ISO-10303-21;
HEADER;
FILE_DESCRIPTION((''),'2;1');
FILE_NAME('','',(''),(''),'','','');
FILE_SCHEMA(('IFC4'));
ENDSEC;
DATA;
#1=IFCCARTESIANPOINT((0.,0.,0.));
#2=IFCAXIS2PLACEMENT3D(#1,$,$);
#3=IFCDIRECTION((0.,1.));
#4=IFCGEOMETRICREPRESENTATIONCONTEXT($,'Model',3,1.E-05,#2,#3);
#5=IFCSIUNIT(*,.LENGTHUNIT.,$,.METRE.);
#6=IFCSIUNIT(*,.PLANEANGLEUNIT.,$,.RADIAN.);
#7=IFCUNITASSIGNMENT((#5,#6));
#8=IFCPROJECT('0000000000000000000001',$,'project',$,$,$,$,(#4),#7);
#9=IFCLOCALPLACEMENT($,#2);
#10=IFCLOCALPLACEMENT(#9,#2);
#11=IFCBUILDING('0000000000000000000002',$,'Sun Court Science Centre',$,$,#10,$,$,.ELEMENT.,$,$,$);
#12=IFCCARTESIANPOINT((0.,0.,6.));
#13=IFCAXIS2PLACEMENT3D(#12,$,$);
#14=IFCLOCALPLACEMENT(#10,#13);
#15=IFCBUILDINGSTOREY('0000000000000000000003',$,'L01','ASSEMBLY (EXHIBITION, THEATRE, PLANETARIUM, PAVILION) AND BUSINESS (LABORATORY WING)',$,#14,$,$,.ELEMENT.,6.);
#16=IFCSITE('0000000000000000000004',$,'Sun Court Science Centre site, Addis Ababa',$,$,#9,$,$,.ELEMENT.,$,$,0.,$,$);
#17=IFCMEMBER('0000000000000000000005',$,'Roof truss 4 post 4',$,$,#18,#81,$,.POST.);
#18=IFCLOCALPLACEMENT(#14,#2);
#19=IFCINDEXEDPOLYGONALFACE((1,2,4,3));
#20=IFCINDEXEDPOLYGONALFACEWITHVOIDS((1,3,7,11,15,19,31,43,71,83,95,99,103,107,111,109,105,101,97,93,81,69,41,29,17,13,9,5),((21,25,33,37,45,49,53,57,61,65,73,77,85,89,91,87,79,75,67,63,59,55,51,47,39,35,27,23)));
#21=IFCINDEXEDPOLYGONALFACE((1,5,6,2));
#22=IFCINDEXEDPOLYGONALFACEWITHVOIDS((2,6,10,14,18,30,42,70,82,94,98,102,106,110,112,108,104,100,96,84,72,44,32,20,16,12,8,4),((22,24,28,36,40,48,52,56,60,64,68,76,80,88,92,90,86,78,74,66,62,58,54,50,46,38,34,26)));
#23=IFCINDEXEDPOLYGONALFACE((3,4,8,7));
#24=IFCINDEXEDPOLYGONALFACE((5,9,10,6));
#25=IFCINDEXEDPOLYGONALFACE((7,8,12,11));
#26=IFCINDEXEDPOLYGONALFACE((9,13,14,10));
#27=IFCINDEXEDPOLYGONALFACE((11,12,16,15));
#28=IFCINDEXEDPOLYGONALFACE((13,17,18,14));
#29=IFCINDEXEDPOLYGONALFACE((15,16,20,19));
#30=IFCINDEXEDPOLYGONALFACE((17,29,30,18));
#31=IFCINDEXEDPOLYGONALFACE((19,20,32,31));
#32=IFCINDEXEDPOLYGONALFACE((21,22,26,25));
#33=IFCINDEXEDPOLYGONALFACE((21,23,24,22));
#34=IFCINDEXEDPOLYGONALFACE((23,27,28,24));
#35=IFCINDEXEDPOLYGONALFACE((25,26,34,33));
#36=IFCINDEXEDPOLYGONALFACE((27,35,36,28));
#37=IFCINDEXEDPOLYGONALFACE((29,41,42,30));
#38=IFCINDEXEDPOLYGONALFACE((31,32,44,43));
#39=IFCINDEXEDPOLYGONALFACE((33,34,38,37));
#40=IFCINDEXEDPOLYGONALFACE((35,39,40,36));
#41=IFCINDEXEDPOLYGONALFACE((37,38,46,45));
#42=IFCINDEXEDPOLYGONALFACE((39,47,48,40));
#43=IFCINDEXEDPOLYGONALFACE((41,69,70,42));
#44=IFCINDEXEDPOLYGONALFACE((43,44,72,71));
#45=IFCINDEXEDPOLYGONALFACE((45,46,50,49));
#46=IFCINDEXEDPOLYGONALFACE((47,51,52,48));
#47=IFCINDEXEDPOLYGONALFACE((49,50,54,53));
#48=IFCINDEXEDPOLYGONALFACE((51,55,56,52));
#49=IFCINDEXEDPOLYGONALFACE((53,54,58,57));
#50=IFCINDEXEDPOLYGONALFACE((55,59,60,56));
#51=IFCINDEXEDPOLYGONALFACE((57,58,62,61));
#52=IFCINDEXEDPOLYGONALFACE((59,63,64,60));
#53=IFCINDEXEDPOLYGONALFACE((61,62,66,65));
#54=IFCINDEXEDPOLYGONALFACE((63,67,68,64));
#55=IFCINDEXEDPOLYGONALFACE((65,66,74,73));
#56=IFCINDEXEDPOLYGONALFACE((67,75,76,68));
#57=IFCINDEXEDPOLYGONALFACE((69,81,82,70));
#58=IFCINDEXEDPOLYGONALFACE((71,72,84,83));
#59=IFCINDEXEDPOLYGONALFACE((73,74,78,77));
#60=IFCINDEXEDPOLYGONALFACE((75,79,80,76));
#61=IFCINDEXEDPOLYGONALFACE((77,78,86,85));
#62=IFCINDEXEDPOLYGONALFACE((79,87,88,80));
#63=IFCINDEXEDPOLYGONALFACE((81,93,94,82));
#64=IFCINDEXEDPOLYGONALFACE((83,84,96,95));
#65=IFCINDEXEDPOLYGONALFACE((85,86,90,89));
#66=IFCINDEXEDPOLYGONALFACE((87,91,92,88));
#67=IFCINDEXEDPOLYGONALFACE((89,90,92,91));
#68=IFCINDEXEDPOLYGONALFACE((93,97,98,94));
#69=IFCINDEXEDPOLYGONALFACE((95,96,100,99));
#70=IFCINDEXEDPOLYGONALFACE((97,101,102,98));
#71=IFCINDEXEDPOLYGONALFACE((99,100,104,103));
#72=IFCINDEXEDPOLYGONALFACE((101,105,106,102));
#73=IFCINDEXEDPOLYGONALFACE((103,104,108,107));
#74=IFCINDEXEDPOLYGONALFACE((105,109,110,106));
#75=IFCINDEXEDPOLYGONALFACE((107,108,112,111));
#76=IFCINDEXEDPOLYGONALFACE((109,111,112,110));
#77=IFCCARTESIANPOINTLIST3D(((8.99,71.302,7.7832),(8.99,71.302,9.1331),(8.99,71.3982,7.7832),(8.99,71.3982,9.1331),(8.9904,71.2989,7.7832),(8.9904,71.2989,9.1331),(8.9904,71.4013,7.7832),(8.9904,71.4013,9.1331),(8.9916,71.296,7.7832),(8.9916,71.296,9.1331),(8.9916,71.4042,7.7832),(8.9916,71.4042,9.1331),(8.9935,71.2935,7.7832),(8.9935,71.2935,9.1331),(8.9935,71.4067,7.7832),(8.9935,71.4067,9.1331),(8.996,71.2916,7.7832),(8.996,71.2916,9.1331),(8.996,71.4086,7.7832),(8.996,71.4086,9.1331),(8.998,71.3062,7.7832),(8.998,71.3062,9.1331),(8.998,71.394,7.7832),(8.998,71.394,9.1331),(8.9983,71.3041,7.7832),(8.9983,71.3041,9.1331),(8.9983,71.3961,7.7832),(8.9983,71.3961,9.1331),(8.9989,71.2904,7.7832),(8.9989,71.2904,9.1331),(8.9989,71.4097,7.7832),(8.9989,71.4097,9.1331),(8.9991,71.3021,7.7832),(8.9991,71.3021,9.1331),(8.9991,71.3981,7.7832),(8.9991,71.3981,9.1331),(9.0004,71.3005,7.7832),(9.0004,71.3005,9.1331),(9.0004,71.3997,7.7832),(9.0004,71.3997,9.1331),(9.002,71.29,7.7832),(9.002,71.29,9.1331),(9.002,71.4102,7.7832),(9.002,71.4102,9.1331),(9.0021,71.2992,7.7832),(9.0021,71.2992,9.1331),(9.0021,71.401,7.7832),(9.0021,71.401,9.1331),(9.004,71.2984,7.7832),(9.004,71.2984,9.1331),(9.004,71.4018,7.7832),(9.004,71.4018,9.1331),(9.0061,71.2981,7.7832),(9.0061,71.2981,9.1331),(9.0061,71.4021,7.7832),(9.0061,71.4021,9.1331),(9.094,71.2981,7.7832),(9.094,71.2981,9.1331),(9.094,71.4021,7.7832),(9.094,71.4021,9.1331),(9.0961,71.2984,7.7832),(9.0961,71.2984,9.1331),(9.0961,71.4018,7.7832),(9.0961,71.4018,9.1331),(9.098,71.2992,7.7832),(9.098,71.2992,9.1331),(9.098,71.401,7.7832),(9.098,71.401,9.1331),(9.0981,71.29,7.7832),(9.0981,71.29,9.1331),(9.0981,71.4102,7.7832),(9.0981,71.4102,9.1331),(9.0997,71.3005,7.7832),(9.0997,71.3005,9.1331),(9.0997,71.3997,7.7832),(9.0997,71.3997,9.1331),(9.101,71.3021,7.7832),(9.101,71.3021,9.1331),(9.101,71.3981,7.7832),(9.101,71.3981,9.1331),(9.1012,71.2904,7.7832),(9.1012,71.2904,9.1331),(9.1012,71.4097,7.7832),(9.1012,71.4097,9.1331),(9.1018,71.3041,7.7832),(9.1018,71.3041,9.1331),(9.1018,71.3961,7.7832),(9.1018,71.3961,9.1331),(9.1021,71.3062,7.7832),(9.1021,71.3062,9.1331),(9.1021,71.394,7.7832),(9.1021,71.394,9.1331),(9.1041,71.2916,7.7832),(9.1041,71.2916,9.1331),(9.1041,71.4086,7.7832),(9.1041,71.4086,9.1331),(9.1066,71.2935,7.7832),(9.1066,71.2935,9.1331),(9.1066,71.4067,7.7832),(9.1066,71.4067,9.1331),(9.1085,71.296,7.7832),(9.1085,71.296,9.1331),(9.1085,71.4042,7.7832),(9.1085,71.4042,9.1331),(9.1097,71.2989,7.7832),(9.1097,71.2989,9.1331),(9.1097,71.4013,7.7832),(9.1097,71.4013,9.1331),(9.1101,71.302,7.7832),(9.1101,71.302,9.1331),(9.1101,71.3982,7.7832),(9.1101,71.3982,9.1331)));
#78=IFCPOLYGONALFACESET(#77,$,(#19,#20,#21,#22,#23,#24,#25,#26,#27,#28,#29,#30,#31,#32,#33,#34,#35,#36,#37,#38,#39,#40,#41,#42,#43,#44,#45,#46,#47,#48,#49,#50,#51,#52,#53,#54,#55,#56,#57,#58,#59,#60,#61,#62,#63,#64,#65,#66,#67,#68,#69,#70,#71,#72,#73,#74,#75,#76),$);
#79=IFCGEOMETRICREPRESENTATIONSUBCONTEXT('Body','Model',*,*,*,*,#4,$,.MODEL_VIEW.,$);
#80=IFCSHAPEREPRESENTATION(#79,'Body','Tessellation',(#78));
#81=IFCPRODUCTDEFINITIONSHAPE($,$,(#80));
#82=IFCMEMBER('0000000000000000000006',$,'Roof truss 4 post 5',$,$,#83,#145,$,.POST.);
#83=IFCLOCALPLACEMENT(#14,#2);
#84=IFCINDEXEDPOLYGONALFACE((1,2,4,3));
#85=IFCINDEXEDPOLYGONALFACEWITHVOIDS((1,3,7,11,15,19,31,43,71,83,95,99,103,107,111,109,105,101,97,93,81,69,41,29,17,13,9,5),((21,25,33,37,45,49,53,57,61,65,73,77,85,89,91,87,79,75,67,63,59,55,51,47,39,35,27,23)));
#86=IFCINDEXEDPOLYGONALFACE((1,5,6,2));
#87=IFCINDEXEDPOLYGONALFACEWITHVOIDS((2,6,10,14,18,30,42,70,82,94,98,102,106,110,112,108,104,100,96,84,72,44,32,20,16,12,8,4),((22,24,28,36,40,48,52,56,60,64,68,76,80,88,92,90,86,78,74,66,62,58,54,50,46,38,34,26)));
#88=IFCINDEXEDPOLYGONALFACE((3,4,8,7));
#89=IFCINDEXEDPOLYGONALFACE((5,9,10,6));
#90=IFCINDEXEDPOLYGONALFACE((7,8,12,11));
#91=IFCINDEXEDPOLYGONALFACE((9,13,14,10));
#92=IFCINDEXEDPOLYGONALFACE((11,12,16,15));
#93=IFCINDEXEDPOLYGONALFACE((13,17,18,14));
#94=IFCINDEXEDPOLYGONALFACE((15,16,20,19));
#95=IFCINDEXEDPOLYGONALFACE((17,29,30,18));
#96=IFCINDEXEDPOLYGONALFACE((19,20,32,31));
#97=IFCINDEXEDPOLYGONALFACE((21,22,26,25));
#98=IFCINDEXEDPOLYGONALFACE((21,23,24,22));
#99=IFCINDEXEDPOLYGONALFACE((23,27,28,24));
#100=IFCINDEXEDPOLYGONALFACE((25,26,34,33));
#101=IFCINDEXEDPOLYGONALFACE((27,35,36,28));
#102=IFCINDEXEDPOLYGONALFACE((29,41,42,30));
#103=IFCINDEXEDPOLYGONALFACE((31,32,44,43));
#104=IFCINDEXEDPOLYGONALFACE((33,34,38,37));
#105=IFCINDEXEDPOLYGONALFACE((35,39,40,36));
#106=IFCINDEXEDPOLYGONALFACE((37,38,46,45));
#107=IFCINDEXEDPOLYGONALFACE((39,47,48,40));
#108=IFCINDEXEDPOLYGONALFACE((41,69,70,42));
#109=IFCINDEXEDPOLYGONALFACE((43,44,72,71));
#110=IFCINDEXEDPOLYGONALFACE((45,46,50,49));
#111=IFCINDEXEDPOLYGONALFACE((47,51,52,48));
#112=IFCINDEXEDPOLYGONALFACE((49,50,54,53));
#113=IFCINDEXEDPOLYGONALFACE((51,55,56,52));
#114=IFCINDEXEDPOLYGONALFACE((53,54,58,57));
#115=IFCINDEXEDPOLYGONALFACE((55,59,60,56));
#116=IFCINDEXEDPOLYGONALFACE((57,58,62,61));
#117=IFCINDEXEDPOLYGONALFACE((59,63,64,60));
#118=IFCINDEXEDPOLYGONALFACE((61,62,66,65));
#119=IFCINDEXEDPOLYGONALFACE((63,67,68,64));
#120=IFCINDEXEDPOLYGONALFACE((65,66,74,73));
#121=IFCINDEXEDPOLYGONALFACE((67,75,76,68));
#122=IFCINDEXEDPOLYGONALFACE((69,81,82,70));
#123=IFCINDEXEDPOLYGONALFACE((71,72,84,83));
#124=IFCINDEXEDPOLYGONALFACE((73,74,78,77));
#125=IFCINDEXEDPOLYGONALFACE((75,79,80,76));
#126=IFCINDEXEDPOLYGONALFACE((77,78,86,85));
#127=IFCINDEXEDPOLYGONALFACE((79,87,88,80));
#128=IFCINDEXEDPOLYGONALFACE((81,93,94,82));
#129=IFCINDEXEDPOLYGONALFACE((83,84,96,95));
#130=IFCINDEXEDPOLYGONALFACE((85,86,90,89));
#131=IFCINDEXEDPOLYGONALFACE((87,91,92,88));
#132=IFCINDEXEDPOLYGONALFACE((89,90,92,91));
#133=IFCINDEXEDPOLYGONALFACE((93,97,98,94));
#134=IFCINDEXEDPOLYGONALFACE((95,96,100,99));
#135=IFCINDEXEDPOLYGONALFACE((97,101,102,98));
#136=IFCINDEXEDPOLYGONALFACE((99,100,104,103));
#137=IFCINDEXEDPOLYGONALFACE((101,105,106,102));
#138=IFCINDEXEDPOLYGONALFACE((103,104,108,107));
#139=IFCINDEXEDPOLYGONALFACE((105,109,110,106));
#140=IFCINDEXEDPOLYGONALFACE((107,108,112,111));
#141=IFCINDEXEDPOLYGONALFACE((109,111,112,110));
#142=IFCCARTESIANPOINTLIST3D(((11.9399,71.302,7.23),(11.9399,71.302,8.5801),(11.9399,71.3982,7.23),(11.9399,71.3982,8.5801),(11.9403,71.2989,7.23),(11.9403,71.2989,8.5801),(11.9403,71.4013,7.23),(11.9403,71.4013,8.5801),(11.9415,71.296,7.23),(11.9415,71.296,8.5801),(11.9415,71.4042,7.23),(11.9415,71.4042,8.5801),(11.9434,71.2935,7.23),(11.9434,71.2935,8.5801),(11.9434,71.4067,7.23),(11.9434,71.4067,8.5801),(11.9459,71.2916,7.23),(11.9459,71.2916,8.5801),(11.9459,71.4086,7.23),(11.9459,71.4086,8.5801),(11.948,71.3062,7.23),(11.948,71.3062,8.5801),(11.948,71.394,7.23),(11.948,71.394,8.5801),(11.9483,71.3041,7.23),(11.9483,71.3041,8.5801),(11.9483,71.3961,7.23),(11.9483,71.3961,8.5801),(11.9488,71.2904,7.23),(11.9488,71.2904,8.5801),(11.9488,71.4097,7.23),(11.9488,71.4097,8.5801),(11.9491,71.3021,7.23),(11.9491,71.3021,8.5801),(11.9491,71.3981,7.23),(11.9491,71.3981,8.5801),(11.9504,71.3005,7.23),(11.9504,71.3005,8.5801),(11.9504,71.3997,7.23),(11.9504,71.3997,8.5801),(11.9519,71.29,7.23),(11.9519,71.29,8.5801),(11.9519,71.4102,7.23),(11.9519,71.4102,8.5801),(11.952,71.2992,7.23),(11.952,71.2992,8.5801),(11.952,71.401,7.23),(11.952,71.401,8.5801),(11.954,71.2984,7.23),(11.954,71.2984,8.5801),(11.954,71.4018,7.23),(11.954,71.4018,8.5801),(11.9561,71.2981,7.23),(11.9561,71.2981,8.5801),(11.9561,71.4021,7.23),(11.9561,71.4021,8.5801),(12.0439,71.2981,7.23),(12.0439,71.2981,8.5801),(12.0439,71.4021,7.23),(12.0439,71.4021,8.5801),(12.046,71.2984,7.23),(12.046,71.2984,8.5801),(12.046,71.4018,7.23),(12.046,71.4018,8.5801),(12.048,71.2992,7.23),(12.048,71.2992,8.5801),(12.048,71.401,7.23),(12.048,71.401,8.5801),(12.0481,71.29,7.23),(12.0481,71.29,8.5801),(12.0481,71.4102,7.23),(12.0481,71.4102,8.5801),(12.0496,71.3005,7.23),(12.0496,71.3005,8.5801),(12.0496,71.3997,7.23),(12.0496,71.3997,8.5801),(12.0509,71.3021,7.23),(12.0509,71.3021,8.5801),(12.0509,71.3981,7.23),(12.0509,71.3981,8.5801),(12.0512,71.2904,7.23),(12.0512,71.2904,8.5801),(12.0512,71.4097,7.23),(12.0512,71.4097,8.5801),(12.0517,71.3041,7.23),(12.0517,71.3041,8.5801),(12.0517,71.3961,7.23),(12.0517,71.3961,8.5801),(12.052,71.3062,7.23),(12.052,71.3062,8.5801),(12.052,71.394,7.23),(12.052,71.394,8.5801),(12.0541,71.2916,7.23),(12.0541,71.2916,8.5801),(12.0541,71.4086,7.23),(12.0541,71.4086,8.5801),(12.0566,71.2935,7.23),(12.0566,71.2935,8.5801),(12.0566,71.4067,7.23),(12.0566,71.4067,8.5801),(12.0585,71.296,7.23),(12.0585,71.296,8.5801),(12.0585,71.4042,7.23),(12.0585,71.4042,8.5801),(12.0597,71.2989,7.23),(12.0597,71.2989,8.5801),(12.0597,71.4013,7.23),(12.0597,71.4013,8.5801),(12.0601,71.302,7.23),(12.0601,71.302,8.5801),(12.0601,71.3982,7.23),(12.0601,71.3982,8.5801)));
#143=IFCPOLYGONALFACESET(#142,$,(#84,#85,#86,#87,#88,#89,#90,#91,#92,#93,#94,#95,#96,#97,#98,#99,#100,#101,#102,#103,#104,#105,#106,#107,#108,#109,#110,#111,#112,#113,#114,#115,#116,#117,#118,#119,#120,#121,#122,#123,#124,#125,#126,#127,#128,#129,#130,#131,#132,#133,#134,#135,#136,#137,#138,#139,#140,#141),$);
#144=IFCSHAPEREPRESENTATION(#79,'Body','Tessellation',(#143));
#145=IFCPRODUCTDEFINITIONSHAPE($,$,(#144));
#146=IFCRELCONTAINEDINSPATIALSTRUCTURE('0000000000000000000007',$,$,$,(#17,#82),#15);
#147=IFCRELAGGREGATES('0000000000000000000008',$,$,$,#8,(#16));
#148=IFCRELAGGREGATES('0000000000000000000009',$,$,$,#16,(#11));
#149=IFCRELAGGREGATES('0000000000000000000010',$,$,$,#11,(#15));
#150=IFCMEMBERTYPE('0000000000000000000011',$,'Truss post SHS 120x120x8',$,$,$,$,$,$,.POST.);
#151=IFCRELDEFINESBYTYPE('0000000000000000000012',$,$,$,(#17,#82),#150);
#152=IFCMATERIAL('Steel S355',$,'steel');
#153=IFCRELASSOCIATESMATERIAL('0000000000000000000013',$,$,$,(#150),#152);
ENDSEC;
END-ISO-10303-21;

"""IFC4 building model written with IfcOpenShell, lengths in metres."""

from ifc_helpers import new_model, si_unit, direction, frame, origin, origin_2d, place, context, subcontext, project, spatial, hollow_rectangle, extrude, material, material_profile, profile_set, type_object, element, save


model = new_model("IFC4")

# Units and contexts
model_context = context("Model", 3, precision=1e-05, world=origin(), true_north=direction((0.0, 1.0)))
body_context = subcontext(model_context, "Body", "Model", "MODEL_VIEW")
ifc_project = project(units=[si_unit("LENGTHUNIT", "METRE"), si_unit("PLANEANGLEUNIT", "RADIAN")], contexts=[model_context])

# Site, building, storey
site_placement = place(None, origin())
site = spatial("IfcSite", under=ifc_project, at=site_placement, Name="Sun Court Science Centre site, Addis Ababa", CompositionType="ELEMENT", RefElevation=0.0)
building_placement = place(site_placement, origin())
building = spatial("IfcBuilding", under=site, at=building_placement, Name="Sun Court Science Centre", CompositionType="ELEMENT")
storey_placement = place(building_placement, frame((0.0, 0.0, 6.0)))
storey = spatial("IfcBuildingStorey", under=building, at=storey_placement, Name="L01", Description="ASSEMBLY (EXHIBITION, THEATRE, PLANETARIUM, PAVILION) AND BUSINESS (LABORATORY WING)", CompositionType="ELEMENT", Elevation=6.0)

# Members
ifc_material_1 = material(Name="Steel S355", Category="steel")
ifc_material_profile_1 = material_profile(ifc_material_1, hollow_rectangle(XDim=0.1201, YDim=0.1201, WallThickness=0.0081, InnerFilletRadius=0.0081, OuterFilletRadius=0.012, at=origin_2d()), Name="SHS 120x120x8")
ifc_profile_set_1 = profile_set([ifc_material_profile_1], Name="Steel S355")
member_type_1 = type_object("IfcMemberType", Name="Truss post SHS 120x120x8", PredefinedType="POST", material=ifc_profile_set_1)
member_1_placement = place(storey_placement, frame((9.05, 71.3501, 7.7832), z_axis=(0.0, 0.0, 1.0), x_axis=(1.0, 0.0, 0.0)))
element("IfcMember", 1, at=member_1_placement, inside=storey, type_object=member_type_1, Name="Roof truss 4 post 4", PredefinedType="POST", context=body_context, shape_type="SweptSolid", body=[
    extrude(hollow_rectangle(XDim=0.1201, YDim=0.1201, WallThickness=0.0081, InnerFilletRadius=0.0081, OuterFilletRadius=0.012, at=origin_2d()), origin(), (0.0, 0.0, 1.0), 1.3499),
])
for number, where, z_axis, x_axis, name in (
    (2, (12.0, 71.3501, 7.23), (0.0, 0.0, 1.0), (1.0, 0.0, 0.0), "Roof truss 4 post 5"),
):
    element("IfcMember", number, at=place(storey_placement, frame(where, z_axis=z_axis, x_axis=x_axis)), inside=storey, type_object=member_type_1, Name=name, PredefinedType="POST", context=body_context, shape_type="SweptSolid", body=[
        extrude(hollow_rectangle(XDim=0.1201, YDim=0.1201, WallThickness=0.0081, InnerFilletRadius=0.0081, OuterFilletRadius=0.012, at=origin_2d()), origin(), (0.0, 0.0, 1.0), 1.3501),
    ])

save(model, "model.ifc")
